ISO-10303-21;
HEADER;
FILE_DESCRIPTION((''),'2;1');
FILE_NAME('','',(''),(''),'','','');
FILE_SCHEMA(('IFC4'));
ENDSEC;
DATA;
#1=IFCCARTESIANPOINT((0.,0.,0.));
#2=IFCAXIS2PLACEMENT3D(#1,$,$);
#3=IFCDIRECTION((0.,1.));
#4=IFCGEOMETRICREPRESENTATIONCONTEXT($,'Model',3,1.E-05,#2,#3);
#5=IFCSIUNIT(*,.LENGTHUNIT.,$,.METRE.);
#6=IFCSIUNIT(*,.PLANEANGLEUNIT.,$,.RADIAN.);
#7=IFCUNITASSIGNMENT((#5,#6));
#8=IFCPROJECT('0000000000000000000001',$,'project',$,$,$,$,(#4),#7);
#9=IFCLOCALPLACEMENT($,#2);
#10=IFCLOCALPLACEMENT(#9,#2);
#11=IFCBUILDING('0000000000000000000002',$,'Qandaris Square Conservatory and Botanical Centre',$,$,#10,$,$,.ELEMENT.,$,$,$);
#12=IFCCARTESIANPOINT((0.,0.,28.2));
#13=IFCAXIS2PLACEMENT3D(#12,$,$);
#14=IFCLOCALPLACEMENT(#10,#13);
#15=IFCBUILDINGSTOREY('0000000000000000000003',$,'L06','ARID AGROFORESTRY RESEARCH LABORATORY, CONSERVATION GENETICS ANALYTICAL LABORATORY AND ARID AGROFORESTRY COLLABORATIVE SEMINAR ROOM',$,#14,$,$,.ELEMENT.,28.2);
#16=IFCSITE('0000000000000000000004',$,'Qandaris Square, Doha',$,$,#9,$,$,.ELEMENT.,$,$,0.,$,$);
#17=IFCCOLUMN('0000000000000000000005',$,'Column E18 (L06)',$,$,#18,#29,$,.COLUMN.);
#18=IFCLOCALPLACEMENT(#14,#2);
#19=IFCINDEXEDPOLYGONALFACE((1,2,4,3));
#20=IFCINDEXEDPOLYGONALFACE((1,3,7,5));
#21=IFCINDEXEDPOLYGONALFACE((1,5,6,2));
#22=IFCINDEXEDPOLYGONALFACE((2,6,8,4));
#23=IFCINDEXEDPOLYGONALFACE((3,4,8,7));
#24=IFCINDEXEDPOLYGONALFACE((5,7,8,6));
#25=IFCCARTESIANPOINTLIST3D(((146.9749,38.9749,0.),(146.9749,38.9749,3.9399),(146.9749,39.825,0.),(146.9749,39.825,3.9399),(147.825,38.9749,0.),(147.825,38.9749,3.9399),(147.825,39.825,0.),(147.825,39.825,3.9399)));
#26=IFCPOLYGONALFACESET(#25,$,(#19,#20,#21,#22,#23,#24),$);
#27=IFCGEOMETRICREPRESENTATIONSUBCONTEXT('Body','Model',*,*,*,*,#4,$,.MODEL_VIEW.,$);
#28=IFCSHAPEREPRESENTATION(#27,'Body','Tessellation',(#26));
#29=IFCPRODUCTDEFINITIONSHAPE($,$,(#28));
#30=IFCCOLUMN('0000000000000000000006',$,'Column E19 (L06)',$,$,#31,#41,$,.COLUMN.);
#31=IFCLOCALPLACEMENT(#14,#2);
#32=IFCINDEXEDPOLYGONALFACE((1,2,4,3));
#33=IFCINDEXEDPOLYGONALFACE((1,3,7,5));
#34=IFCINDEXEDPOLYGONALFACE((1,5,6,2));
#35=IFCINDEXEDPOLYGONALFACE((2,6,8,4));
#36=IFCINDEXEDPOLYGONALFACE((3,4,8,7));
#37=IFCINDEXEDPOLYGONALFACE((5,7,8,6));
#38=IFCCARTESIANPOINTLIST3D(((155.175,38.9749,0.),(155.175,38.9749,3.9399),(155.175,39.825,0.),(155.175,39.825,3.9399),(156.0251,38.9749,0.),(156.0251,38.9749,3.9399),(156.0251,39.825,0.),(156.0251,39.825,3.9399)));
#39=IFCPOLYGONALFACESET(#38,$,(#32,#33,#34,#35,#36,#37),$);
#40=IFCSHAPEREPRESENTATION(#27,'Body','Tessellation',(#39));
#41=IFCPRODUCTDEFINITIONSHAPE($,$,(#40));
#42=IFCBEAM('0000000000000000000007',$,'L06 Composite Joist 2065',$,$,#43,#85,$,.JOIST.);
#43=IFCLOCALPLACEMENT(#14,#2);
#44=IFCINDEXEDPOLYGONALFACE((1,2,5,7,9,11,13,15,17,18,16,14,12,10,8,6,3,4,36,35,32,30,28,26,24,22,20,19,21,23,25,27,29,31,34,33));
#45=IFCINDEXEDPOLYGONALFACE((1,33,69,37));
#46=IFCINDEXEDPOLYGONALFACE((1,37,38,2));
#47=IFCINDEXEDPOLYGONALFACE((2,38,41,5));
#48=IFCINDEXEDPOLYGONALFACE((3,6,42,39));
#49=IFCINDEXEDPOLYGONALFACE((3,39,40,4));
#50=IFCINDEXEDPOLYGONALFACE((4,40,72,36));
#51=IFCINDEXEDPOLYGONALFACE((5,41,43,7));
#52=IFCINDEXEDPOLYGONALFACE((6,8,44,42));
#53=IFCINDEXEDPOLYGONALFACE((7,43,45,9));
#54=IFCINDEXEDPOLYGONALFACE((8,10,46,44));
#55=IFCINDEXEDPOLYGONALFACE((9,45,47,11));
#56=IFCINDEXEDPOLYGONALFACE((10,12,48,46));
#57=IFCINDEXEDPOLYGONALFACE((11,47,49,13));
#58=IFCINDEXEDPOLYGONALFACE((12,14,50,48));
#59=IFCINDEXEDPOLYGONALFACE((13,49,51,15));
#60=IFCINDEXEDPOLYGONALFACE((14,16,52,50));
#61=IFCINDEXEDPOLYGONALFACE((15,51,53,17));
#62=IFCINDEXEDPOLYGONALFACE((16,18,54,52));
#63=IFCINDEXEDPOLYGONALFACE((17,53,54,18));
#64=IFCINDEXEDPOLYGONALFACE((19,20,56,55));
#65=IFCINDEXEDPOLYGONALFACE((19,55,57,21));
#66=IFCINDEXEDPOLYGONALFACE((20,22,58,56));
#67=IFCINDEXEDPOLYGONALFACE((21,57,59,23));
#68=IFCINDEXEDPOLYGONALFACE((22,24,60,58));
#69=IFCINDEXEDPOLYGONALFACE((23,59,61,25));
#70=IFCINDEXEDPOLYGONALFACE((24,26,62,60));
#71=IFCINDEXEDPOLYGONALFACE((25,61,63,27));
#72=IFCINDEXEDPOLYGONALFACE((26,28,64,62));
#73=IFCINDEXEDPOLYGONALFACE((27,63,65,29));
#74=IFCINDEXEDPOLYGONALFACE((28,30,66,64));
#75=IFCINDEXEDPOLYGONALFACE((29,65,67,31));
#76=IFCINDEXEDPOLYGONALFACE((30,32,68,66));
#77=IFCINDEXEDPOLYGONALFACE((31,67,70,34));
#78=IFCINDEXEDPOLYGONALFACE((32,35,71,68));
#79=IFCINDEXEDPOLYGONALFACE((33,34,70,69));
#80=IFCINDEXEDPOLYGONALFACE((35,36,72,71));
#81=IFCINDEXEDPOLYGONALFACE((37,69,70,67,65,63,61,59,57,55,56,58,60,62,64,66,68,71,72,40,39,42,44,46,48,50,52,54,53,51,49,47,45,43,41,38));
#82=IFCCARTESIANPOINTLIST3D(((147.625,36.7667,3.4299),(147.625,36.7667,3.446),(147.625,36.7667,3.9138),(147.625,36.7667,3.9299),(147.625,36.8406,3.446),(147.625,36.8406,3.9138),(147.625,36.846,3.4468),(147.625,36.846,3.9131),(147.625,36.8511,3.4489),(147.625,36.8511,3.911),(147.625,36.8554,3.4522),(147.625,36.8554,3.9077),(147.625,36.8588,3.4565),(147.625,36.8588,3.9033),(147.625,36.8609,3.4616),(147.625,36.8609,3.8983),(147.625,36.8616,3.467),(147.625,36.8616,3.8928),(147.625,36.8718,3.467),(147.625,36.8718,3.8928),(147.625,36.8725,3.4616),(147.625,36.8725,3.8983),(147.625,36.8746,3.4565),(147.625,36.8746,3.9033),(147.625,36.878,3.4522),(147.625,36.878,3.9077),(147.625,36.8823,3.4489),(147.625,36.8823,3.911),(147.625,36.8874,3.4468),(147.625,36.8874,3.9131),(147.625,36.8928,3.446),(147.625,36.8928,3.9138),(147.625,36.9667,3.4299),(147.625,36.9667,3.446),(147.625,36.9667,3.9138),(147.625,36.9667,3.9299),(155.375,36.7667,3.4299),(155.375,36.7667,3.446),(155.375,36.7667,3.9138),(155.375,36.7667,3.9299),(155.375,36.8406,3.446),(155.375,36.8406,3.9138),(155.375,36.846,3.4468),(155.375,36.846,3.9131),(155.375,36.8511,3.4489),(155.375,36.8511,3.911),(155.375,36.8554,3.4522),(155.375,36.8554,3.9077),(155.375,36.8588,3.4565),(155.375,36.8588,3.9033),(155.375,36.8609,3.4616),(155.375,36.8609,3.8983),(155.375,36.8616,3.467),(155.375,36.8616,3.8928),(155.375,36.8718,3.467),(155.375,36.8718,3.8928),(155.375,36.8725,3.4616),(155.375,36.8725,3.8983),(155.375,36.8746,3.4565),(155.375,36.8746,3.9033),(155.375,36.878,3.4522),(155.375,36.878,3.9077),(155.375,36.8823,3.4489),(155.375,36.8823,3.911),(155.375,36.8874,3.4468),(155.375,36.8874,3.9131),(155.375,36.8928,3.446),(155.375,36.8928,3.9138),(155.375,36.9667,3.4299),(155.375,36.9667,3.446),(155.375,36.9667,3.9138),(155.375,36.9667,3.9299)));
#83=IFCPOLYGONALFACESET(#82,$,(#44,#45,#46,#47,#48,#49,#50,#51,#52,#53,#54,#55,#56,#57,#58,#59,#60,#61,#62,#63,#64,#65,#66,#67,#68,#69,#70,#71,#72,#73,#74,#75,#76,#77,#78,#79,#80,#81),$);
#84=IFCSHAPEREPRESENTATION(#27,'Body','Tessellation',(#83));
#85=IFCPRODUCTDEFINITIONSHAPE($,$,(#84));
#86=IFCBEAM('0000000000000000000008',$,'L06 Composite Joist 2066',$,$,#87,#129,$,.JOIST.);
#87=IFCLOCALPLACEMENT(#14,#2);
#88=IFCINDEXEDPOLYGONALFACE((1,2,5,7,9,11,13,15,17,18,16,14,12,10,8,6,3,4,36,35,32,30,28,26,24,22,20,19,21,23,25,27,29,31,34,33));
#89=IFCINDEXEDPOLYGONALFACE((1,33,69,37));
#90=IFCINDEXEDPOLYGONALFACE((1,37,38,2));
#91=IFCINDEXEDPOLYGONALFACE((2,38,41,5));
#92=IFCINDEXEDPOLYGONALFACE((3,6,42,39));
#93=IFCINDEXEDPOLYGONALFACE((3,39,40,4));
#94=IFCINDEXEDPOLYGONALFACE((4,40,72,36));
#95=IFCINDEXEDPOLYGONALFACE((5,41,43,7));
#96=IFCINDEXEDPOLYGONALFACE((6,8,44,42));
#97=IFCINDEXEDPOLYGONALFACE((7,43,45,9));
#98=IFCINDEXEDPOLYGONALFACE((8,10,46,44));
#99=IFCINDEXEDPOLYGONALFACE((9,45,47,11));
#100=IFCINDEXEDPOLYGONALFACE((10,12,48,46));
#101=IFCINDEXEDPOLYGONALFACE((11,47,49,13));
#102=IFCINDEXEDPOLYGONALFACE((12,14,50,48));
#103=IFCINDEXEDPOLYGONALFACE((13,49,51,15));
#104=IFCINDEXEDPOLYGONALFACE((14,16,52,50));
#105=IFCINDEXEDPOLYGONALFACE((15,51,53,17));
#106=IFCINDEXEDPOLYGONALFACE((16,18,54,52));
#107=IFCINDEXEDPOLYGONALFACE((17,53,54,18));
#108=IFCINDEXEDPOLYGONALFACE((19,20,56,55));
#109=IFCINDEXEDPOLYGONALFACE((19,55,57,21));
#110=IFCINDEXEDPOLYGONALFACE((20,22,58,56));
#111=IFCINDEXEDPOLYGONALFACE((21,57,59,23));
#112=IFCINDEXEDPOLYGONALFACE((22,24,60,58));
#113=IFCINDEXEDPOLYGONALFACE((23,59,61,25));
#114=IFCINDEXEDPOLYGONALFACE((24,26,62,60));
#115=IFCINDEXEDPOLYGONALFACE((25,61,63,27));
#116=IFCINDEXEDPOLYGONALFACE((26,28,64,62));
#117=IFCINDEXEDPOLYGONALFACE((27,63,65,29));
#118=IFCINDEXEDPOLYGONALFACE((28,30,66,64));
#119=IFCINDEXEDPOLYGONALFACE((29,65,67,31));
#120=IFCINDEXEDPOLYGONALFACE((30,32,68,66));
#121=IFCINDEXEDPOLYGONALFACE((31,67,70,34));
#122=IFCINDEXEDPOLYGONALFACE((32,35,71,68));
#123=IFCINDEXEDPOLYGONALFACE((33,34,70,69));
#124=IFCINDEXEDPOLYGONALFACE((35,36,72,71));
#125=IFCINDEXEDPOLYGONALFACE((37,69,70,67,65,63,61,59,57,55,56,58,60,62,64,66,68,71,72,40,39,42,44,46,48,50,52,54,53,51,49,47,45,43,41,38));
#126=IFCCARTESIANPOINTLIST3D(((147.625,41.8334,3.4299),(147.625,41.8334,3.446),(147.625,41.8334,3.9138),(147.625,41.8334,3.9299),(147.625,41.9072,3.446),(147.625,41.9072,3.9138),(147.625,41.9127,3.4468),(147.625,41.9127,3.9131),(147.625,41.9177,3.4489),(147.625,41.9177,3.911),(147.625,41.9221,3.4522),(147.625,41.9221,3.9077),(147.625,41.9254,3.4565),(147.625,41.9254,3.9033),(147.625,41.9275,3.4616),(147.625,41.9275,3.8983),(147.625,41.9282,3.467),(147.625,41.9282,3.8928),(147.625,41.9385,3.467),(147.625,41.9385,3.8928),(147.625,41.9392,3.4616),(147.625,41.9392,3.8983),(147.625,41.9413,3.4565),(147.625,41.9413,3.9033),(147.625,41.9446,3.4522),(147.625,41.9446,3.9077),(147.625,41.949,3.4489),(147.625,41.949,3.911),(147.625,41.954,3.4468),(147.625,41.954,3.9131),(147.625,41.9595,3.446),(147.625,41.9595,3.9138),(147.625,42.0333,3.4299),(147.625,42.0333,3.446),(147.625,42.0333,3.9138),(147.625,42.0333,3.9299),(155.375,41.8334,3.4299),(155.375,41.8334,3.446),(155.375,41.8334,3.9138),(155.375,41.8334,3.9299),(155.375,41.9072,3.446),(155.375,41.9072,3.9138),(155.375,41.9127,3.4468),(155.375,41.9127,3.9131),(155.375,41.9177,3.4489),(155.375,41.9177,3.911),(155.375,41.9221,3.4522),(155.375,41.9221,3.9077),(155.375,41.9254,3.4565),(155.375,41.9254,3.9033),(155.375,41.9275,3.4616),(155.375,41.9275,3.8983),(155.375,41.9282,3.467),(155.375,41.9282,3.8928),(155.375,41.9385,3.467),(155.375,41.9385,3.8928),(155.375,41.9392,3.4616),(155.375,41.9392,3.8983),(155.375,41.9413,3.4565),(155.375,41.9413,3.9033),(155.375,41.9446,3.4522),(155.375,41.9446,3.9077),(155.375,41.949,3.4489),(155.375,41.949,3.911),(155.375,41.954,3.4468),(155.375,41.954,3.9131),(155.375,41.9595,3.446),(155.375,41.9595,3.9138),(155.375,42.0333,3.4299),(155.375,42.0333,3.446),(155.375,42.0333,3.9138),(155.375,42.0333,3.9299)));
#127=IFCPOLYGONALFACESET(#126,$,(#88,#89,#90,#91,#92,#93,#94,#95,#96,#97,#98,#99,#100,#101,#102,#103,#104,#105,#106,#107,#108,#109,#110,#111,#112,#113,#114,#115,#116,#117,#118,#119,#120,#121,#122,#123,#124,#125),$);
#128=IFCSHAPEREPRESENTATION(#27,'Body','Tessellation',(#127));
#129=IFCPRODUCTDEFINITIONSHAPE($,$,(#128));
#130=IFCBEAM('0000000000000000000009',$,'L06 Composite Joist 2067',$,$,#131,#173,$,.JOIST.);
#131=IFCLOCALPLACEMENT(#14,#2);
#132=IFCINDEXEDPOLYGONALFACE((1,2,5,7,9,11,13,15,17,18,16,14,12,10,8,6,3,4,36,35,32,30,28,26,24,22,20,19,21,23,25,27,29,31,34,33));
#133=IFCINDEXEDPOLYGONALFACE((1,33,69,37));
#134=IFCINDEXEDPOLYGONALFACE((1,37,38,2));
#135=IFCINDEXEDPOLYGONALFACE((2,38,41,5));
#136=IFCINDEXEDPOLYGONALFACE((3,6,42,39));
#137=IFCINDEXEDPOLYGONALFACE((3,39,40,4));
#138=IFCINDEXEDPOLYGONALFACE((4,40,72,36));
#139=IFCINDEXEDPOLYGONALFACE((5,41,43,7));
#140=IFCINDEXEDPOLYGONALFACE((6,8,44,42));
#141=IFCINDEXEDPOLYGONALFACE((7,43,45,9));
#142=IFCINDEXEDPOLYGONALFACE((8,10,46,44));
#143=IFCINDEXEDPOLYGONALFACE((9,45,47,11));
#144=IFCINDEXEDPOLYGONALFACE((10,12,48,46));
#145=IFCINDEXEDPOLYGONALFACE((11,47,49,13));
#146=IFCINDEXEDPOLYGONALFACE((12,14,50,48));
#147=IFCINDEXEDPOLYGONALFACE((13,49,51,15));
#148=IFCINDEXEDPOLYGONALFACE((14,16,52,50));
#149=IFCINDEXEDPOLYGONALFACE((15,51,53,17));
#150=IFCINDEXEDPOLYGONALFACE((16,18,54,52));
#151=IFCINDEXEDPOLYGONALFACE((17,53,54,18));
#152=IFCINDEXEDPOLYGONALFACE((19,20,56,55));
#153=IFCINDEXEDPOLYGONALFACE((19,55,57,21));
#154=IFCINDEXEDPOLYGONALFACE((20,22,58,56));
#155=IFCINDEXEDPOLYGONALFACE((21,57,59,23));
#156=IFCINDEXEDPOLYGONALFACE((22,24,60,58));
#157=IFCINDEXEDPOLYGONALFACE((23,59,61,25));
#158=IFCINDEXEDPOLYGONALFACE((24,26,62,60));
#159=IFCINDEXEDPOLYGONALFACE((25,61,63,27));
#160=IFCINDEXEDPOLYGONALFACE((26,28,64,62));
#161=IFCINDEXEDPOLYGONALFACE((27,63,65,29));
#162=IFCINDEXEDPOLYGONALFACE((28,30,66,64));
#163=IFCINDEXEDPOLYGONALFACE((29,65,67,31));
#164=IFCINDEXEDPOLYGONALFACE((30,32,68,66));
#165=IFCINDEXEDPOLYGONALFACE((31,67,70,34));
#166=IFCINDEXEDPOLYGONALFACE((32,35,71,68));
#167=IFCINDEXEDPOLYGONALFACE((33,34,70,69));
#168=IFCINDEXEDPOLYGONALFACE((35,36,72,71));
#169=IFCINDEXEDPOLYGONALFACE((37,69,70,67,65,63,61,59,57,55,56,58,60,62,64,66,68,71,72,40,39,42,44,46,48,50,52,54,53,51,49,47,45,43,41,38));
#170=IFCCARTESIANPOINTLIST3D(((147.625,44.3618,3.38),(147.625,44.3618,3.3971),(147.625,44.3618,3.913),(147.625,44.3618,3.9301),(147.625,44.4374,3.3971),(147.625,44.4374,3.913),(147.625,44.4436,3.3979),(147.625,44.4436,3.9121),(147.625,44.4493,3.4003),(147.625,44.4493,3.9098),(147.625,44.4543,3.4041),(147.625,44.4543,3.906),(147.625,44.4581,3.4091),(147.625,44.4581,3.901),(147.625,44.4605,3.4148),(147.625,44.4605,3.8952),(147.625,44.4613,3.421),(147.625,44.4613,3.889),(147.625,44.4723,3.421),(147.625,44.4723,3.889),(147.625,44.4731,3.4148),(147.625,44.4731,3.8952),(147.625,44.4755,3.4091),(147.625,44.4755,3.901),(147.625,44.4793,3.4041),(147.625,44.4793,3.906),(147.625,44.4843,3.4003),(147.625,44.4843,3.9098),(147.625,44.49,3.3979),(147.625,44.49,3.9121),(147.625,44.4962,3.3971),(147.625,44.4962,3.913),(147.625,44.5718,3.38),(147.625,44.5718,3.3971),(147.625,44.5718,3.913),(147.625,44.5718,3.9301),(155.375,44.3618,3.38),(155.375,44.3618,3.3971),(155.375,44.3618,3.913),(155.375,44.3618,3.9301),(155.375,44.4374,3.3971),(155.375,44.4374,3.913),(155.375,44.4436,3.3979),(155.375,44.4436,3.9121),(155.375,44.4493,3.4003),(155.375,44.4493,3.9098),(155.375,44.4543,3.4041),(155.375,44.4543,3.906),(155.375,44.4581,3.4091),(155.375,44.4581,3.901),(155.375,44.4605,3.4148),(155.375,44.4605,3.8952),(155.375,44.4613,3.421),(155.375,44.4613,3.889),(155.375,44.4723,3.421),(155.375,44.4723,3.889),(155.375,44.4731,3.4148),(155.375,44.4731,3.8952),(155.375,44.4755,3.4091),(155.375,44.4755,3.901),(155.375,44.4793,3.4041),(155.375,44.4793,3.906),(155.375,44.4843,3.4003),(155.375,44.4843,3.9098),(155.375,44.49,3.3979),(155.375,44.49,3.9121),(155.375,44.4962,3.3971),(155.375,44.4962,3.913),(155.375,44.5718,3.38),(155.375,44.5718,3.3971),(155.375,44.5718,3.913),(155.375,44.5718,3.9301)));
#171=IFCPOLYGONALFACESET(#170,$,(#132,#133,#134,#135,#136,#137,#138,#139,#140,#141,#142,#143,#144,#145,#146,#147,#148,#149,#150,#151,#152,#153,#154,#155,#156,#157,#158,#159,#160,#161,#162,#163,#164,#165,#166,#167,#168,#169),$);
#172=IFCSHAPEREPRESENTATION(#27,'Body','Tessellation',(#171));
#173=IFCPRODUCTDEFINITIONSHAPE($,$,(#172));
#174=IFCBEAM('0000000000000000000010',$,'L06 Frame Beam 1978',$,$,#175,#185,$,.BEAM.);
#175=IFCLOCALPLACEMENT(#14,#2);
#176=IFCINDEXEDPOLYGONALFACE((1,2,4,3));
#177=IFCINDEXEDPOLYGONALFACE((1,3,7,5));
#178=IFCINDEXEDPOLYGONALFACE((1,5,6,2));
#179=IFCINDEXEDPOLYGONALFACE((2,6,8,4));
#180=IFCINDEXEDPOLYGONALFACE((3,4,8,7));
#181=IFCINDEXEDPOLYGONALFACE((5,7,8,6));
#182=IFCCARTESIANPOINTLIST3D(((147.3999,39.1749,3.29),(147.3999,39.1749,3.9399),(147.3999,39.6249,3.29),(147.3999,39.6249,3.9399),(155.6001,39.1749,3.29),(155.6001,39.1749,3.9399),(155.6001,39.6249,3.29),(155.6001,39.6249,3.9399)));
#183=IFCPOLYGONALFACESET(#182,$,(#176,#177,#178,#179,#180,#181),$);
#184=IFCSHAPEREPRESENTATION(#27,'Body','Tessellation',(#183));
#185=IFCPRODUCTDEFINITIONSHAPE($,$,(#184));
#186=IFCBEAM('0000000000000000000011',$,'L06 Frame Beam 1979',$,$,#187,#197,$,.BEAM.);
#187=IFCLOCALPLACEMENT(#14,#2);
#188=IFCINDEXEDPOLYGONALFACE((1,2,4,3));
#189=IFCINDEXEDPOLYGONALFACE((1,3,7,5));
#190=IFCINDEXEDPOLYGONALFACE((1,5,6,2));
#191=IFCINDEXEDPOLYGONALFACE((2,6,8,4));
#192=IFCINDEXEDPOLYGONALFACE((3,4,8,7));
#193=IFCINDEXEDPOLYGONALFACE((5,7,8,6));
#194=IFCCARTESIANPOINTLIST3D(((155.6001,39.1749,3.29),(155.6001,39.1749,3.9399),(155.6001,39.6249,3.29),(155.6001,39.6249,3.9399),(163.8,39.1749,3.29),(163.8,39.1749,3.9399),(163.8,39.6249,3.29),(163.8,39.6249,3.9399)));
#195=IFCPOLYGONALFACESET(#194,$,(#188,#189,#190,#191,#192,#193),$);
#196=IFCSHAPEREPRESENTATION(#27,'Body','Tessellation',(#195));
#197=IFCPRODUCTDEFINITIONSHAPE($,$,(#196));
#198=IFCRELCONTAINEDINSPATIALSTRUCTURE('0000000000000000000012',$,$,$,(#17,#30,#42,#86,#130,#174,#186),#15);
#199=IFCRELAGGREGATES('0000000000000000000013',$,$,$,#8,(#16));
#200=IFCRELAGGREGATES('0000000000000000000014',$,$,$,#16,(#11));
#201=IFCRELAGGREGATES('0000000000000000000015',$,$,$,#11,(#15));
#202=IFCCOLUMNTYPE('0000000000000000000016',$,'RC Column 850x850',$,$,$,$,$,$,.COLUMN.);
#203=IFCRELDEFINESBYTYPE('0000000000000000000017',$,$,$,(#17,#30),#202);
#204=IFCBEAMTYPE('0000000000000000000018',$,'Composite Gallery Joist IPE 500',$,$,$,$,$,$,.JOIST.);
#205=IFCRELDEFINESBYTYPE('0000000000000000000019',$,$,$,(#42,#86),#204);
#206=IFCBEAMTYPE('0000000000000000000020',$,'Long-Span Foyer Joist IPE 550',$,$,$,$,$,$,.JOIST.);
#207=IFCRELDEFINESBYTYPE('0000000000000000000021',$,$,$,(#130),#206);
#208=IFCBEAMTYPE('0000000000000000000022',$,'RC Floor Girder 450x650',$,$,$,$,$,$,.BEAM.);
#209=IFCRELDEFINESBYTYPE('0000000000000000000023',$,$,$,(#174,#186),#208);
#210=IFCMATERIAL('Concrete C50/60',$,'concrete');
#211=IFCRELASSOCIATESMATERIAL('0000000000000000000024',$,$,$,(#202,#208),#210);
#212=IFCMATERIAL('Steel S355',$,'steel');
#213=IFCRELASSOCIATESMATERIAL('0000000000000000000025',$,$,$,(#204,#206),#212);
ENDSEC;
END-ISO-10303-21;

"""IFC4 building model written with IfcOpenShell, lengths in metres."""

from ifc_helpers import new_model, si_unit, direction, frame, origin, origin_2d, place, context, subcontext, project, spatial, rectangle, i_section, extrude, material, material_profile, profile_set, type_object, element, save


model = new_model("IFC4")

# Units and contexts
model_context = context("Model", 3, precision=1e-05, world=origin(), true_north=direction((0.0, 1.0)))
body_context = subcontext(model_context, "Body", "Model", "MODEL_VIEW")
ifc_project = project(units=[si_unit("LENGTHUNIT", "METRE"), si_unit("PLANEANGLEUNIT", "RADIAN")], contexts=[model_context])

# Site, building, storey
site_placement = place(None, origin())
site = spatial("IfcSite", under=ifc_project, at=site_placement, Name="Qandaris Square, Doha", CompositionType="ELEMENT", RefElevation=0.0)
building_placement = place(site_placement, origin())
building = spatial("IfcBuilding", under=site, at=building_placement, Name="Qandaris Square Conservatory and Botanical Centre", CompositionType="ELEMENT")
storey_placement = place(building_placement, frame((0.0, 0.0, 28.2)))
storey = spatial("IfcBuildingStorey", under=building, at=storey_placement, Name="L06", Description="ARID AGROFORESTRY RESEARCH LABORATORY, CONSERVATION GENETICS ANALYTICAL LABORATORY AND ARID AGROFORESTRY COLLABORATIVE SEMINAR ROOM", CompositionType="ELEMENT", Elevation=28.2)

# Columns
ifc_material_1 = material(Name="Concrete C50/60", Category="concrete")
ifc_material_profile_1 = material_profile(ifc_material_1, rectangle(XDim=0.8501, YDim=0.8501, at=origin_2d()), Name="RC-COL 850x850")
ifc_profile_set_1 = profile_set([ifc_material_profile_1], Name="Concrete C50/60")
column_type = type_object("IfcColumnType", Name="RC Column 850x850", PredefinedType="COLUMN", material=ifc_profile_set_1)
for number, where, z_axis, x_axis, name in (
    (1, (147.3999, 39.3999, 0.0), (0.0, 0.0, 1.0), (1.0, 0.0, 0.0), "Column E18 (L06)"),
    (2, (155.6001, 39.3999, 0.0), (0.0, 0.0, 1.0), (1.0, 0.0, 0.0), "Column E19 (L06)"),
):
    element("IfcColumn", number, at=place(storey_placement, frame(where, z_axis=z_axis, x_axis=x_axis)), inside=storey, type_object=column_type, Name=name, PredefinedType="COLUMN", context=body_context, shape_type="SweptSolid", body=[
        extrude(rectangle(XDim=0.8501, YDim=0.8501, at=origin_2d()), origin(), (0.0, 0.0, 1.0), 3.9399),
    ])

# Beams
ifc_material_2 = material(Name="Steel S355", Category="steel")
ifc_material_profile_2 = material_profile(ifc_material_2, i_section(OverallWidth=0.2, OverallDepth=0.5, WebThickness=0.0103, FlangeThickness=0.0161, FilletRadius=0.021, at=origin_2d()), Name="IPE 500")
ifc_profile_set_2 = profile_set([ifc_material_profile_2], Name="Steel S355")
beam_type_1 = type_object("IfcBeamType", Name="Composite Gallery Joist IPE 500", PredefinedType="JOIST", material=ifc_profile_set_2)
for number, where, z_axis, x_axis, name in (
    (3, (147.625, 36.8667, 3.6799), (1.0, 0.0, 0.0), (0.0, 1.0, 0.0), "L06 Composite Joist 2065"),
    (4, (147.625, 41.9333, 3.6799), (1.0, 0.0, 0.0), (0.0, 1.0, 0.0), "L06 Composite Joist 2066"),
):
    element("IfcBeam", number, at=place(storey_placement, frame(where, z_axis=z_axis, x_axis=x_axis)), inside=storey, type_object=beam_type_1, Name=name, PredefinedType="JOIST", context=body_context, shape_type="SweptSolid", body=[
        extrude(i_section(OverallWidth=0.2, OverallDepth=0.5, WebThickness=0.0103, FlangeThickness=0.0161, FilletRadius=0.021, at=origin_2d()), origin(), (0.0, 0.0, 1.0), 7.75),
    ])
ifc_material_profile_3 = material_profile(ifc_material_2, i_section(OverallWidth=0.21, OverallDepth=0.55, WebThickness=0.011, FlangeThickness=0.0171, FilletRadius=0.0239, at=origin_2d()), Name="IPE 550")
ifc_profile_set_3 = profile_set([ifc_material_profile_3], Name="Steel S355")
beam_type_2 = type_object("IfcBeamType", Name="Long-Span Foyer Joist IPE 550", PredefinedType="JOIST", material=ifc_profile_set_3)
beam_1_placement = place(storey_placement, frame((147.625, 44.4668, 3.655), z_axis=(1.0, 0.0, 0.0), x_axis=(0.0, 1.0, 0.0)))
element("IfcBeam", 5, at=beam_1_placement, inside=storey, type_object=beam_type_2, Name="L06 Composite Joist 2067", PredefinedType="JOIST", context=body_context, shape_type="SweptSolid", body=[
    extrude(i_section(OverallWidth=0.21, OverallDepth=0.55, WebThickness=0.011, FlangeThickness=0.0171, FilletRadius=0.0239, at=origin_2d()), origin(), (0.0, 0.0, 1.0), 7.75),
])
ifc_material_profile_4 = material_profile(ifc_material_1, rectangle(XDim=0.45, YDim=0.6499, at=origin_2d()), Name="RC-BM 450x650")
ifc_profile_set_4 = profile_set([ifc_material_profile_4], Name="Concrete C50/60")
beam_type_3 = type_object("IfcBeamType", Name="RC Floor Girder 450x650", PredefinedType="BEAM", material=ifc_profile_set_4)
beam_2_placement = place(storey_placement, frame((147.3999, 39.3999, 3.615), z_axis=(1.0, 0.0, 0.0), x_axis=(0.0, 1.0, 0.0)))
element("IfcBeam", 6, at=beam_2_placement, inside=storey, type_object=beam_type_3, Name="L06 Frame Beam 1978", PredefinedType="BEAM", context=body_context, shape_type="SweptSolid", body=[
    extrude(rectangle(XDim=0.45, YDim=0.6499, at=origin_2d()), origin(), (0.0, 0.0, 1.0), 8.2002),
])
beam_3_placement = place(storey_placement, frame((155.6001, 39.3999, 3.615), z_axis=(1.0, 0.0, 0.0), x_axis=(0.0, 1.0, 0.0)))
element("IfcBeam", 7, at=beam_3_placement, inside=storey, type_object=beam_type_3, Name="L06 Frame Beam 1979", PredefinedType="BEAM", context=body_context, shape_type="SweptSolid", body=[
    extrude(rectangle(XDim=0.45, YDim=0.6499, at=origin_2d()), origin(), (0.0, 0.0, 1.0), 8.2),
])

save(model, "model.ifc")
